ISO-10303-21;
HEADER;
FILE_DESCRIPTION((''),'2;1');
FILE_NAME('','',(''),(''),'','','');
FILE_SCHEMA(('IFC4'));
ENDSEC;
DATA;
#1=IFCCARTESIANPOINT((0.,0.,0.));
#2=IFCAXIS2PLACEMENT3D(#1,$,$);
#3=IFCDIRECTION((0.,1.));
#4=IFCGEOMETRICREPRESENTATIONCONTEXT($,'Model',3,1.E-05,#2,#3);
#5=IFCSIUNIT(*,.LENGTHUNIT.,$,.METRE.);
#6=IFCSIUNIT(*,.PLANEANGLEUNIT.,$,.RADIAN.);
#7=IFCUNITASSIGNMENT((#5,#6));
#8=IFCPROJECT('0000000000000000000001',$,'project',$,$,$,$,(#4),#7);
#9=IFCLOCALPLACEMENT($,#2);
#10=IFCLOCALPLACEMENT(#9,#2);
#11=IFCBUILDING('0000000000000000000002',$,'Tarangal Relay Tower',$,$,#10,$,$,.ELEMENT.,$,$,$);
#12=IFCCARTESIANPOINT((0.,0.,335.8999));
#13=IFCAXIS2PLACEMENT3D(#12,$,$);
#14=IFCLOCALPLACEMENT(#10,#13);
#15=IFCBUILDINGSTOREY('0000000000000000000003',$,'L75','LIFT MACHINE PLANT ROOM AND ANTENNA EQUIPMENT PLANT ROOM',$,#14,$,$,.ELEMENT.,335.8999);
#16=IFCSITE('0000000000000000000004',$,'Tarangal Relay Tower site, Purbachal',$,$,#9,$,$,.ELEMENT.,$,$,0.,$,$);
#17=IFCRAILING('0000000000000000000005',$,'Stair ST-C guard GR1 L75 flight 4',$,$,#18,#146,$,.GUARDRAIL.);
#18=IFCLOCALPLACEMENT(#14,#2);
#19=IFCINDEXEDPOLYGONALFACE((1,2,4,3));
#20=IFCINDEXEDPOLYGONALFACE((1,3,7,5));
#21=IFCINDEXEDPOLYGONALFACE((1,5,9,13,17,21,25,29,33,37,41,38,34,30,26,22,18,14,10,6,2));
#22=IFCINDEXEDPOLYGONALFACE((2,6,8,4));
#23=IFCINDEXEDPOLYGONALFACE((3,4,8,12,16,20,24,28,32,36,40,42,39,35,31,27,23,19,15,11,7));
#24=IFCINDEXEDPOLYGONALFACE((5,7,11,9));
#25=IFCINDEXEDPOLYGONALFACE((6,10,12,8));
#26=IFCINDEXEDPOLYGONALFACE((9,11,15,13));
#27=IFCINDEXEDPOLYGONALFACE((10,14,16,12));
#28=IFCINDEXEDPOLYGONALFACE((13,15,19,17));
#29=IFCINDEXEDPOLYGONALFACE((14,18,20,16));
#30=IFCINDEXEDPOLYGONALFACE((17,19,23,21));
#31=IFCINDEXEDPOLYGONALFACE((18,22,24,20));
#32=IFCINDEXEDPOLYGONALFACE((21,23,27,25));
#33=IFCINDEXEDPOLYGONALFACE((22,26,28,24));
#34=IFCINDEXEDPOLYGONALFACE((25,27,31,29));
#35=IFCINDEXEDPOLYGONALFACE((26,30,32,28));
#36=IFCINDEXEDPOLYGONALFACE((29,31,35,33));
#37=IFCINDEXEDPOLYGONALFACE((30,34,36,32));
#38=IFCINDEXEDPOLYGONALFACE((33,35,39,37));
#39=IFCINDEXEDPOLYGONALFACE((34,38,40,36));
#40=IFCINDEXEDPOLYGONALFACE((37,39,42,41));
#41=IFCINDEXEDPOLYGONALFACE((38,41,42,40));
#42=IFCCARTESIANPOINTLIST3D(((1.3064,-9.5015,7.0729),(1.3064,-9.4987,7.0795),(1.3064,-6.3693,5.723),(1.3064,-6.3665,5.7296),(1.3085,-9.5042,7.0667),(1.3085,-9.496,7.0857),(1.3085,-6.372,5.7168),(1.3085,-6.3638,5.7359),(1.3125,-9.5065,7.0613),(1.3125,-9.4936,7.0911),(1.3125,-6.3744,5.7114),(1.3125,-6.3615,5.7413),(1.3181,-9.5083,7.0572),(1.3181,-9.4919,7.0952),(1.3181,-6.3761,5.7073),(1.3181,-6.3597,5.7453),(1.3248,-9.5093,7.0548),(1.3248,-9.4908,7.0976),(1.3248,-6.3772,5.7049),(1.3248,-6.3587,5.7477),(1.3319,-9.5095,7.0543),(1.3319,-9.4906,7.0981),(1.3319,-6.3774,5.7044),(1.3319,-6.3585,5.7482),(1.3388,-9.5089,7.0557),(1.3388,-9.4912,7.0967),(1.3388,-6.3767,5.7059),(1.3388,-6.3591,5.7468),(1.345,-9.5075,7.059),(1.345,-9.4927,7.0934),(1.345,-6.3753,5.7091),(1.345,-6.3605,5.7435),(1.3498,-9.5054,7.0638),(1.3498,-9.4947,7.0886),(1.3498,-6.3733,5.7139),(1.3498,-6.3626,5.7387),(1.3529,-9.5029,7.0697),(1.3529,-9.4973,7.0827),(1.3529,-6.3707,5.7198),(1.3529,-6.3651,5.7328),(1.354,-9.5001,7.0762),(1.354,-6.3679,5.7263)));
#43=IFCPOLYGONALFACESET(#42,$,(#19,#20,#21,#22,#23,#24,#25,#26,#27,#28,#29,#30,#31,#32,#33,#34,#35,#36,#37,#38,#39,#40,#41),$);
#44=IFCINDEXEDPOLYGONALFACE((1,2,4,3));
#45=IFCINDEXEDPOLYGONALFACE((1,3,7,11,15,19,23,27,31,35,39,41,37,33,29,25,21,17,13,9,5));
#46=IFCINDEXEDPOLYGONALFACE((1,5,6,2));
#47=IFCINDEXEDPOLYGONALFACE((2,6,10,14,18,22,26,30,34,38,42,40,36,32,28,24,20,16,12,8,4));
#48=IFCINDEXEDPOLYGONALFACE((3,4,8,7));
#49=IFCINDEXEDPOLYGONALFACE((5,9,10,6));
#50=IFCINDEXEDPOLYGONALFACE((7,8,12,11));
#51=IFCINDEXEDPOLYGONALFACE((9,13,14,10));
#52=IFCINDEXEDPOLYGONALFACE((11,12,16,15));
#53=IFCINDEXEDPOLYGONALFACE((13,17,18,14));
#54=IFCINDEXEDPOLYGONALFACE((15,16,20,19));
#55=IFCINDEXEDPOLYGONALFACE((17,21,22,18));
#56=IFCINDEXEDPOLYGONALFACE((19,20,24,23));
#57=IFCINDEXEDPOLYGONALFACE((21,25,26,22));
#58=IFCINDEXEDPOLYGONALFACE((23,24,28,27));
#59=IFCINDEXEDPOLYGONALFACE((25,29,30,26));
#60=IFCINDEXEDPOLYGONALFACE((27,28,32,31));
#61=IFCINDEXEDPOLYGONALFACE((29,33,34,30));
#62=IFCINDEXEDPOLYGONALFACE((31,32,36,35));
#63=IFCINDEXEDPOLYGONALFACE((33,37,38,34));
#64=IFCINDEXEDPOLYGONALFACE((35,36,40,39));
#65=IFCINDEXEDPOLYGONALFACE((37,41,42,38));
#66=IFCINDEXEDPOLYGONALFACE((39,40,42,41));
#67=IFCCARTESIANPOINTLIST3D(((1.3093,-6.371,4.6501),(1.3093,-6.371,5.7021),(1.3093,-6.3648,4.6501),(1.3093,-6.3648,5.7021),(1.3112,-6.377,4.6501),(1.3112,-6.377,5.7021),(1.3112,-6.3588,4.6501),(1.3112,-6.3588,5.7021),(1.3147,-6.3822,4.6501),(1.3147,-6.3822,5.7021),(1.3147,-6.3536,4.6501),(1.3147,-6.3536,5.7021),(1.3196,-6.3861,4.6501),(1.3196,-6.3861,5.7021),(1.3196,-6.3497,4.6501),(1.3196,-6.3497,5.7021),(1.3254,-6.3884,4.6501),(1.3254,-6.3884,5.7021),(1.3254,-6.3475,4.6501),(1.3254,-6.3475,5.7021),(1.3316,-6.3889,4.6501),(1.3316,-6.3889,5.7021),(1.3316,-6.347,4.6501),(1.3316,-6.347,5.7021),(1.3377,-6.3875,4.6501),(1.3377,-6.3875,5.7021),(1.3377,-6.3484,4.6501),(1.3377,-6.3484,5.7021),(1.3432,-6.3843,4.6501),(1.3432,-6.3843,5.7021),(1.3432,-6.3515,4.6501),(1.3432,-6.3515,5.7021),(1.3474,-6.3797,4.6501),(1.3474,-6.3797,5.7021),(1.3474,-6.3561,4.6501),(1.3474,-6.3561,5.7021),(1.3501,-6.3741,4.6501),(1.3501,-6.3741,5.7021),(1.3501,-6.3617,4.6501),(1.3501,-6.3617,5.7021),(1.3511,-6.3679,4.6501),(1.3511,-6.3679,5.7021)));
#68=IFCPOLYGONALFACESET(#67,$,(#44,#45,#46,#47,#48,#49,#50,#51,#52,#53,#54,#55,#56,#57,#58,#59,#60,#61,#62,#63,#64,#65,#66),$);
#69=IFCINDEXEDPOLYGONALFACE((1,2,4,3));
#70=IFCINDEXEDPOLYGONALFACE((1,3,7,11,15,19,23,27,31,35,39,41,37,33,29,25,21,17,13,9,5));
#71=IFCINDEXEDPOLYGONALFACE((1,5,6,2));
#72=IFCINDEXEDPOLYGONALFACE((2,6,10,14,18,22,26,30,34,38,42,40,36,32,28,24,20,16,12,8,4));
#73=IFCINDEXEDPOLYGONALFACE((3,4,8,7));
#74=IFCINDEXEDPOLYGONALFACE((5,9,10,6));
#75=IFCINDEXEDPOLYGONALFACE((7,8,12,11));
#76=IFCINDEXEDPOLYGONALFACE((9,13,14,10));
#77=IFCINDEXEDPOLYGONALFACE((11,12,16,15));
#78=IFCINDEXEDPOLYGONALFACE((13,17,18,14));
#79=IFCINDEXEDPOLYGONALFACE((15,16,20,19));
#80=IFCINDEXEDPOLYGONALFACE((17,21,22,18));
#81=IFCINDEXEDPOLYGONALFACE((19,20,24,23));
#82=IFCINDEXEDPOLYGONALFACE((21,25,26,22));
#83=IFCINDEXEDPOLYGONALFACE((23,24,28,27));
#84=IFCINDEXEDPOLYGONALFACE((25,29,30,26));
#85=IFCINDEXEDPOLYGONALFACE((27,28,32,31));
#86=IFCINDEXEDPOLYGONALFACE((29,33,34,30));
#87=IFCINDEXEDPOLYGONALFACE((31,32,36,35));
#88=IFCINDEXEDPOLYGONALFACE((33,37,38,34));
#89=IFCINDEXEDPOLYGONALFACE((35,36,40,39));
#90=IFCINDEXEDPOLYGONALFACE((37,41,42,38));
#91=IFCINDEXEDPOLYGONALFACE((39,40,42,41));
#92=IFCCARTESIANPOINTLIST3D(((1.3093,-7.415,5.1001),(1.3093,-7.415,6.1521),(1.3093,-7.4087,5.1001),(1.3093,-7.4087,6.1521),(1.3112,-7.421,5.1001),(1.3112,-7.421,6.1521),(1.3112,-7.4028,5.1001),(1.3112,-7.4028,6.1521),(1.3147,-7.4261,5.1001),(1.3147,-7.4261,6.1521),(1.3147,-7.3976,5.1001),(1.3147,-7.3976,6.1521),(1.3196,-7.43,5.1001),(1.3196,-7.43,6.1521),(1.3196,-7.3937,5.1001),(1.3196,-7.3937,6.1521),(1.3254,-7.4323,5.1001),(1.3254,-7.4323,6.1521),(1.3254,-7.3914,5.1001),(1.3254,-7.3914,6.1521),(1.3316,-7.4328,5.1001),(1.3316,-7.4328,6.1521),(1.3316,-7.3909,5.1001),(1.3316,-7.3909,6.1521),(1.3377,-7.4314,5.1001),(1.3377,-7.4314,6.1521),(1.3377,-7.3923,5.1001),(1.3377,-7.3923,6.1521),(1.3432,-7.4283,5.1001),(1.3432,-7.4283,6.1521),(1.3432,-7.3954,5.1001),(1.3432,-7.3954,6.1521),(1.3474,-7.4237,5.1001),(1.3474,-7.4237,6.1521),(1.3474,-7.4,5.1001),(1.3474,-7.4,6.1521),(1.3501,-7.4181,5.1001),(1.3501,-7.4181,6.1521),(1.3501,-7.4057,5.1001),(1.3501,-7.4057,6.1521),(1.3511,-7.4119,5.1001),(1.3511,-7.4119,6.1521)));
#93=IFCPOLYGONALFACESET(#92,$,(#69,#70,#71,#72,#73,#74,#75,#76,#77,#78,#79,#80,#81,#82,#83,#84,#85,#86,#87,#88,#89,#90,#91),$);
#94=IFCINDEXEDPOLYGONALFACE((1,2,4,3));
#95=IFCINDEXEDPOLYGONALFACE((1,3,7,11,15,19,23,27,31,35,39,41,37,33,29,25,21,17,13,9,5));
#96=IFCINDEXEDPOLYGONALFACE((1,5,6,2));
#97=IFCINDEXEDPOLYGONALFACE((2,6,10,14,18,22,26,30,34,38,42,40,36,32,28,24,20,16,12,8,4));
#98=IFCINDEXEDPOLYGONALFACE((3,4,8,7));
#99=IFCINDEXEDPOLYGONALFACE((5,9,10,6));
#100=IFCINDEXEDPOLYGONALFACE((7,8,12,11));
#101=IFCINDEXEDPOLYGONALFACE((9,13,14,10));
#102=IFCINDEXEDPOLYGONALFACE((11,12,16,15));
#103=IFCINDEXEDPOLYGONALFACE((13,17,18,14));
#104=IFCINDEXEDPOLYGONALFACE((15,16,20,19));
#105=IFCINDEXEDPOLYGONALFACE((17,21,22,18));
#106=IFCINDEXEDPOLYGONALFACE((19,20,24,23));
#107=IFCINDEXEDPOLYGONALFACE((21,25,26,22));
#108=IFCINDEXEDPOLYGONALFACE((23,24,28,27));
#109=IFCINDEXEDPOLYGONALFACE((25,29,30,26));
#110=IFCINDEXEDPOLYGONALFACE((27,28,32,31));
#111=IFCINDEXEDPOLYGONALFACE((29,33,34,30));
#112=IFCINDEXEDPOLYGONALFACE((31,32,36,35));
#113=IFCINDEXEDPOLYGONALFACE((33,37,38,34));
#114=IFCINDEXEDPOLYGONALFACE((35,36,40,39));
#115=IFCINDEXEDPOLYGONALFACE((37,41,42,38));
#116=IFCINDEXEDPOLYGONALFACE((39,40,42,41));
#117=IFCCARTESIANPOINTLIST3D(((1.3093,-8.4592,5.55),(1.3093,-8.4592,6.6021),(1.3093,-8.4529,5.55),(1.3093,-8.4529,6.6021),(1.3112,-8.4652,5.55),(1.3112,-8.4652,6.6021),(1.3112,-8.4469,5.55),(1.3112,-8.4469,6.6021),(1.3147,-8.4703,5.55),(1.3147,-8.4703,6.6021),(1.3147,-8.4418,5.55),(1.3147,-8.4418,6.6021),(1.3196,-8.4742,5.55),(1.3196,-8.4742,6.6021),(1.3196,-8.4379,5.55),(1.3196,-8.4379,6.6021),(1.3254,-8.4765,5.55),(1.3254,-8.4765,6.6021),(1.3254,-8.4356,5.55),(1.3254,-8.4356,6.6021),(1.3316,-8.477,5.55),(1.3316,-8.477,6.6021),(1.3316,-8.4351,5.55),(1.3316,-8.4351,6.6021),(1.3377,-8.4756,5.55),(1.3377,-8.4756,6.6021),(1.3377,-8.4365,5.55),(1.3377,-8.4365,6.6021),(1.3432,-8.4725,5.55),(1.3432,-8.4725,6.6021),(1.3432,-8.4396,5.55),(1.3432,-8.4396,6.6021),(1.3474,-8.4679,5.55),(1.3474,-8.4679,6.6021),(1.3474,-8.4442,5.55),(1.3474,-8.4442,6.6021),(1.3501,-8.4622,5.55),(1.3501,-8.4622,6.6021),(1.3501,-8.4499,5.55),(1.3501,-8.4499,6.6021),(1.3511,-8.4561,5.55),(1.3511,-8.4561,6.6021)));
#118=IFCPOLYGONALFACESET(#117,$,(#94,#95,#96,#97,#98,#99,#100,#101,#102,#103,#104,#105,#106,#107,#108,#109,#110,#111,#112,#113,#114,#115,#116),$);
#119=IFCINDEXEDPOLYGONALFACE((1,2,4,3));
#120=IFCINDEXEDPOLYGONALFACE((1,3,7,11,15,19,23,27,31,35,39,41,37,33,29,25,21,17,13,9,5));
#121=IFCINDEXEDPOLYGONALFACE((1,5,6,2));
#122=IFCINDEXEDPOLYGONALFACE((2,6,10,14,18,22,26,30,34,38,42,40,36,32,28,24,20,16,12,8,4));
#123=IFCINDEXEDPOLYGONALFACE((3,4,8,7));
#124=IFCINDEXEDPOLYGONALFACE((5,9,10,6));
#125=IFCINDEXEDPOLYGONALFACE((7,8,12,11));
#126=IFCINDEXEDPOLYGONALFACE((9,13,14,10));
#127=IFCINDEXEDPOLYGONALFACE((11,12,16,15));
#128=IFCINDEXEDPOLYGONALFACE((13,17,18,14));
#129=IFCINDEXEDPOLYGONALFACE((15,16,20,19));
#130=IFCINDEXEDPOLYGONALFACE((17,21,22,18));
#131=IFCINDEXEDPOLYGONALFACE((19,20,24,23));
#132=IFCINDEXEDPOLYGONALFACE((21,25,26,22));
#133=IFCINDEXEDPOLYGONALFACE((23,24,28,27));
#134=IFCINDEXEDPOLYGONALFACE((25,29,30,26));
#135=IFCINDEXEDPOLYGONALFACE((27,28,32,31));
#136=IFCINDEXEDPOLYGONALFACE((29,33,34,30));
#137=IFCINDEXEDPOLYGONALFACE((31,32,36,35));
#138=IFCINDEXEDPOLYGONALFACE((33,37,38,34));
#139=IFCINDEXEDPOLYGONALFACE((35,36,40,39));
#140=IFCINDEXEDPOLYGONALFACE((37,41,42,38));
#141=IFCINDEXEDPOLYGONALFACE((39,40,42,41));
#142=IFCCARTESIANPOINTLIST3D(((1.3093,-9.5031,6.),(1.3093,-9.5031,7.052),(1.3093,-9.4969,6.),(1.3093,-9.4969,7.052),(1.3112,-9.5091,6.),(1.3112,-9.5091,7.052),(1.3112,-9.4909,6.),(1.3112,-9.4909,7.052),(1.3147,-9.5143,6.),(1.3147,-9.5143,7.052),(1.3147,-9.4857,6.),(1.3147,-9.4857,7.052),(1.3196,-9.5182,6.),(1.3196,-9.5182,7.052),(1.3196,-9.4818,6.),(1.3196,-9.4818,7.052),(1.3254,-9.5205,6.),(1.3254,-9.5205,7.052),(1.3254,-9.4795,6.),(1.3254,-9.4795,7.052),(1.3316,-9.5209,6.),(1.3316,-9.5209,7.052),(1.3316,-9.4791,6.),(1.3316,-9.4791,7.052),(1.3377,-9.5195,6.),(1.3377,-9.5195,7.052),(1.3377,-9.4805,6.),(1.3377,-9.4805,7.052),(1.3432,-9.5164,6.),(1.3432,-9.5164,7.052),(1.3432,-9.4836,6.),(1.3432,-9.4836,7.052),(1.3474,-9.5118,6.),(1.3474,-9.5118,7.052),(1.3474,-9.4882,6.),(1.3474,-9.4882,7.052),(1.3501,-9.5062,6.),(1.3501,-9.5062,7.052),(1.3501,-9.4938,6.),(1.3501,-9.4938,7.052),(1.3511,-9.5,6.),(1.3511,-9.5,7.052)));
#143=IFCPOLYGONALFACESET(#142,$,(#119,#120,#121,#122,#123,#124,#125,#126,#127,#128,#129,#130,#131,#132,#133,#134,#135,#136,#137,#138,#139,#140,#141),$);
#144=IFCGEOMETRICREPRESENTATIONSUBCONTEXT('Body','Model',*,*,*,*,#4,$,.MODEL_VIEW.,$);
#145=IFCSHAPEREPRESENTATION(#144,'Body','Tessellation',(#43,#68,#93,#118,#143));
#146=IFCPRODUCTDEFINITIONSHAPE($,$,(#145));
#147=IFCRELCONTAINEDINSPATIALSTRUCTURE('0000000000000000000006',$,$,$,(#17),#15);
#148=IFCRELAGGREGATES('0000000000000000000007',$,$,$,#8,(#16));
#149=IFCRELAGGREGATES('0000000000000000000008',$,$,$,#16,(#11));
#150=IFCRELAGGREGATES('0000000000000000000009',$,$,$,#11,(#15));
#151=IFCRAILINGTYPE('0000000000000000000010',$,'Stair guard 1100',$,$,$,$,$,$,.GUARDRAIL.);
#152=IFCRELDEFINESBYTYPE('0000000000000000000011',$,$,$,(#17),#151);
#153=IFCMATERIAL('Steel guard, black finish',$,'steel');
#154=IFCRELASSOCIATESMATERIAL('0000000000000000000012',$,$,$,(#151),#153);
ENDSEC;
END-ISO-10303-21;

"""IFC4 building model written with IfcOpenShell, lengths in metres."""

from ifc_helpers import new_model, si_unit, direction, frame, origin, origin_2d, place, context, subcontext, project, spatial, circle, extrude, material, type_object, element, save


model = new_model("IFC4")

# Units and contexts
model_context = context("Model", 3, precision=1e-05, world=origin(), true_north=direction((0.0, 1.0)))
body_context = subcontext(model_context, "Body", "Model", "MODEL_VIEW")
ifc_project = project(units=[si_unit("LENGTHUNIT", "METRE"), si_unit("PLANEANGLEUNIT", "RADIAN")], contexts=[model_context])

# Site, building, storey
site_placement = place(None, origin())
site = spatial("IfcSite", under=ifc_project, at=site_placement, Name="Tarangal Relay Tower site, Purbachal", CompositionType="ELEMENT", RefElevation=0.0)
building_placement = place(site_placement, origin())
building = spatial("IfcBuilding", under=site, at=building_placement, Name="Tarangal Relay Tower", CompositionType="ELEMENT")
storey_placement = place(building_placement, frame((0.0, 0.0, 335.8999)))
storey = spatial("IfcBuildingStorey", under=building, at=storey_placement, Name="L75", Description="LIFT MACHINE PLANT ROOM AND ANTENNA EQUIPMENT PLANT ROOM", CompositionType="ELEMENT", Elevation=335.8999)

# Railing
ifc_material_1 = material(Name="Steel guard, black finish", Category="steel")
railing_type_1 = type_object("IfcRailingType", Name="Stair guard 1100", PredefinedType="GUARDRAIL", material=ifc_material_1)
for number, where, name in (
    (1, (1.3301, -6.3679, 4.6501), "Stair ST-C guard GR1 L75 flight 4"),
):
    element("IfcRailing", number, at=place(storey_placement, frame(where)), inside=storey, type_object=railing_type_1, Name=name, PredefinedType="GUARDRAIL", context=body_context, shape_type="SweptSolid", body=[
        extrude(circle(Radius=0.0239, at=origin_2d()), frame((0.0, 0.0, 1.0762), z_axis=(0.0, -0.918343, 0.395785), x_axis=(1.0, 0.0, 0.0)), (0.0, 0.0, 1.0), 3.4106),
        extrude(circle(Radius=0.021, at=origin_2d()), origin(), (0.0, 0.0, 1.0), 1.052),
        extrude(circle(Radius=0.021, at=origin_2d()), frame((0.0, -1.0439, 0.45)), (0.0, 0.0, 1.0), 1.052),
        extrude(circle(Radius=0.021, at=origin_2d()), frame((0.0, -2.0881, 0.8999)), (0.0, 0.0, 1.0), 1.052),
        extrude(circle(Radius=0.021, at=origin_2d()), frame((0.0, -3.1321, 1.3499)), (0.0, 0.0, 1.0), 1.052),
    ])

save(model, "model.ifc")
